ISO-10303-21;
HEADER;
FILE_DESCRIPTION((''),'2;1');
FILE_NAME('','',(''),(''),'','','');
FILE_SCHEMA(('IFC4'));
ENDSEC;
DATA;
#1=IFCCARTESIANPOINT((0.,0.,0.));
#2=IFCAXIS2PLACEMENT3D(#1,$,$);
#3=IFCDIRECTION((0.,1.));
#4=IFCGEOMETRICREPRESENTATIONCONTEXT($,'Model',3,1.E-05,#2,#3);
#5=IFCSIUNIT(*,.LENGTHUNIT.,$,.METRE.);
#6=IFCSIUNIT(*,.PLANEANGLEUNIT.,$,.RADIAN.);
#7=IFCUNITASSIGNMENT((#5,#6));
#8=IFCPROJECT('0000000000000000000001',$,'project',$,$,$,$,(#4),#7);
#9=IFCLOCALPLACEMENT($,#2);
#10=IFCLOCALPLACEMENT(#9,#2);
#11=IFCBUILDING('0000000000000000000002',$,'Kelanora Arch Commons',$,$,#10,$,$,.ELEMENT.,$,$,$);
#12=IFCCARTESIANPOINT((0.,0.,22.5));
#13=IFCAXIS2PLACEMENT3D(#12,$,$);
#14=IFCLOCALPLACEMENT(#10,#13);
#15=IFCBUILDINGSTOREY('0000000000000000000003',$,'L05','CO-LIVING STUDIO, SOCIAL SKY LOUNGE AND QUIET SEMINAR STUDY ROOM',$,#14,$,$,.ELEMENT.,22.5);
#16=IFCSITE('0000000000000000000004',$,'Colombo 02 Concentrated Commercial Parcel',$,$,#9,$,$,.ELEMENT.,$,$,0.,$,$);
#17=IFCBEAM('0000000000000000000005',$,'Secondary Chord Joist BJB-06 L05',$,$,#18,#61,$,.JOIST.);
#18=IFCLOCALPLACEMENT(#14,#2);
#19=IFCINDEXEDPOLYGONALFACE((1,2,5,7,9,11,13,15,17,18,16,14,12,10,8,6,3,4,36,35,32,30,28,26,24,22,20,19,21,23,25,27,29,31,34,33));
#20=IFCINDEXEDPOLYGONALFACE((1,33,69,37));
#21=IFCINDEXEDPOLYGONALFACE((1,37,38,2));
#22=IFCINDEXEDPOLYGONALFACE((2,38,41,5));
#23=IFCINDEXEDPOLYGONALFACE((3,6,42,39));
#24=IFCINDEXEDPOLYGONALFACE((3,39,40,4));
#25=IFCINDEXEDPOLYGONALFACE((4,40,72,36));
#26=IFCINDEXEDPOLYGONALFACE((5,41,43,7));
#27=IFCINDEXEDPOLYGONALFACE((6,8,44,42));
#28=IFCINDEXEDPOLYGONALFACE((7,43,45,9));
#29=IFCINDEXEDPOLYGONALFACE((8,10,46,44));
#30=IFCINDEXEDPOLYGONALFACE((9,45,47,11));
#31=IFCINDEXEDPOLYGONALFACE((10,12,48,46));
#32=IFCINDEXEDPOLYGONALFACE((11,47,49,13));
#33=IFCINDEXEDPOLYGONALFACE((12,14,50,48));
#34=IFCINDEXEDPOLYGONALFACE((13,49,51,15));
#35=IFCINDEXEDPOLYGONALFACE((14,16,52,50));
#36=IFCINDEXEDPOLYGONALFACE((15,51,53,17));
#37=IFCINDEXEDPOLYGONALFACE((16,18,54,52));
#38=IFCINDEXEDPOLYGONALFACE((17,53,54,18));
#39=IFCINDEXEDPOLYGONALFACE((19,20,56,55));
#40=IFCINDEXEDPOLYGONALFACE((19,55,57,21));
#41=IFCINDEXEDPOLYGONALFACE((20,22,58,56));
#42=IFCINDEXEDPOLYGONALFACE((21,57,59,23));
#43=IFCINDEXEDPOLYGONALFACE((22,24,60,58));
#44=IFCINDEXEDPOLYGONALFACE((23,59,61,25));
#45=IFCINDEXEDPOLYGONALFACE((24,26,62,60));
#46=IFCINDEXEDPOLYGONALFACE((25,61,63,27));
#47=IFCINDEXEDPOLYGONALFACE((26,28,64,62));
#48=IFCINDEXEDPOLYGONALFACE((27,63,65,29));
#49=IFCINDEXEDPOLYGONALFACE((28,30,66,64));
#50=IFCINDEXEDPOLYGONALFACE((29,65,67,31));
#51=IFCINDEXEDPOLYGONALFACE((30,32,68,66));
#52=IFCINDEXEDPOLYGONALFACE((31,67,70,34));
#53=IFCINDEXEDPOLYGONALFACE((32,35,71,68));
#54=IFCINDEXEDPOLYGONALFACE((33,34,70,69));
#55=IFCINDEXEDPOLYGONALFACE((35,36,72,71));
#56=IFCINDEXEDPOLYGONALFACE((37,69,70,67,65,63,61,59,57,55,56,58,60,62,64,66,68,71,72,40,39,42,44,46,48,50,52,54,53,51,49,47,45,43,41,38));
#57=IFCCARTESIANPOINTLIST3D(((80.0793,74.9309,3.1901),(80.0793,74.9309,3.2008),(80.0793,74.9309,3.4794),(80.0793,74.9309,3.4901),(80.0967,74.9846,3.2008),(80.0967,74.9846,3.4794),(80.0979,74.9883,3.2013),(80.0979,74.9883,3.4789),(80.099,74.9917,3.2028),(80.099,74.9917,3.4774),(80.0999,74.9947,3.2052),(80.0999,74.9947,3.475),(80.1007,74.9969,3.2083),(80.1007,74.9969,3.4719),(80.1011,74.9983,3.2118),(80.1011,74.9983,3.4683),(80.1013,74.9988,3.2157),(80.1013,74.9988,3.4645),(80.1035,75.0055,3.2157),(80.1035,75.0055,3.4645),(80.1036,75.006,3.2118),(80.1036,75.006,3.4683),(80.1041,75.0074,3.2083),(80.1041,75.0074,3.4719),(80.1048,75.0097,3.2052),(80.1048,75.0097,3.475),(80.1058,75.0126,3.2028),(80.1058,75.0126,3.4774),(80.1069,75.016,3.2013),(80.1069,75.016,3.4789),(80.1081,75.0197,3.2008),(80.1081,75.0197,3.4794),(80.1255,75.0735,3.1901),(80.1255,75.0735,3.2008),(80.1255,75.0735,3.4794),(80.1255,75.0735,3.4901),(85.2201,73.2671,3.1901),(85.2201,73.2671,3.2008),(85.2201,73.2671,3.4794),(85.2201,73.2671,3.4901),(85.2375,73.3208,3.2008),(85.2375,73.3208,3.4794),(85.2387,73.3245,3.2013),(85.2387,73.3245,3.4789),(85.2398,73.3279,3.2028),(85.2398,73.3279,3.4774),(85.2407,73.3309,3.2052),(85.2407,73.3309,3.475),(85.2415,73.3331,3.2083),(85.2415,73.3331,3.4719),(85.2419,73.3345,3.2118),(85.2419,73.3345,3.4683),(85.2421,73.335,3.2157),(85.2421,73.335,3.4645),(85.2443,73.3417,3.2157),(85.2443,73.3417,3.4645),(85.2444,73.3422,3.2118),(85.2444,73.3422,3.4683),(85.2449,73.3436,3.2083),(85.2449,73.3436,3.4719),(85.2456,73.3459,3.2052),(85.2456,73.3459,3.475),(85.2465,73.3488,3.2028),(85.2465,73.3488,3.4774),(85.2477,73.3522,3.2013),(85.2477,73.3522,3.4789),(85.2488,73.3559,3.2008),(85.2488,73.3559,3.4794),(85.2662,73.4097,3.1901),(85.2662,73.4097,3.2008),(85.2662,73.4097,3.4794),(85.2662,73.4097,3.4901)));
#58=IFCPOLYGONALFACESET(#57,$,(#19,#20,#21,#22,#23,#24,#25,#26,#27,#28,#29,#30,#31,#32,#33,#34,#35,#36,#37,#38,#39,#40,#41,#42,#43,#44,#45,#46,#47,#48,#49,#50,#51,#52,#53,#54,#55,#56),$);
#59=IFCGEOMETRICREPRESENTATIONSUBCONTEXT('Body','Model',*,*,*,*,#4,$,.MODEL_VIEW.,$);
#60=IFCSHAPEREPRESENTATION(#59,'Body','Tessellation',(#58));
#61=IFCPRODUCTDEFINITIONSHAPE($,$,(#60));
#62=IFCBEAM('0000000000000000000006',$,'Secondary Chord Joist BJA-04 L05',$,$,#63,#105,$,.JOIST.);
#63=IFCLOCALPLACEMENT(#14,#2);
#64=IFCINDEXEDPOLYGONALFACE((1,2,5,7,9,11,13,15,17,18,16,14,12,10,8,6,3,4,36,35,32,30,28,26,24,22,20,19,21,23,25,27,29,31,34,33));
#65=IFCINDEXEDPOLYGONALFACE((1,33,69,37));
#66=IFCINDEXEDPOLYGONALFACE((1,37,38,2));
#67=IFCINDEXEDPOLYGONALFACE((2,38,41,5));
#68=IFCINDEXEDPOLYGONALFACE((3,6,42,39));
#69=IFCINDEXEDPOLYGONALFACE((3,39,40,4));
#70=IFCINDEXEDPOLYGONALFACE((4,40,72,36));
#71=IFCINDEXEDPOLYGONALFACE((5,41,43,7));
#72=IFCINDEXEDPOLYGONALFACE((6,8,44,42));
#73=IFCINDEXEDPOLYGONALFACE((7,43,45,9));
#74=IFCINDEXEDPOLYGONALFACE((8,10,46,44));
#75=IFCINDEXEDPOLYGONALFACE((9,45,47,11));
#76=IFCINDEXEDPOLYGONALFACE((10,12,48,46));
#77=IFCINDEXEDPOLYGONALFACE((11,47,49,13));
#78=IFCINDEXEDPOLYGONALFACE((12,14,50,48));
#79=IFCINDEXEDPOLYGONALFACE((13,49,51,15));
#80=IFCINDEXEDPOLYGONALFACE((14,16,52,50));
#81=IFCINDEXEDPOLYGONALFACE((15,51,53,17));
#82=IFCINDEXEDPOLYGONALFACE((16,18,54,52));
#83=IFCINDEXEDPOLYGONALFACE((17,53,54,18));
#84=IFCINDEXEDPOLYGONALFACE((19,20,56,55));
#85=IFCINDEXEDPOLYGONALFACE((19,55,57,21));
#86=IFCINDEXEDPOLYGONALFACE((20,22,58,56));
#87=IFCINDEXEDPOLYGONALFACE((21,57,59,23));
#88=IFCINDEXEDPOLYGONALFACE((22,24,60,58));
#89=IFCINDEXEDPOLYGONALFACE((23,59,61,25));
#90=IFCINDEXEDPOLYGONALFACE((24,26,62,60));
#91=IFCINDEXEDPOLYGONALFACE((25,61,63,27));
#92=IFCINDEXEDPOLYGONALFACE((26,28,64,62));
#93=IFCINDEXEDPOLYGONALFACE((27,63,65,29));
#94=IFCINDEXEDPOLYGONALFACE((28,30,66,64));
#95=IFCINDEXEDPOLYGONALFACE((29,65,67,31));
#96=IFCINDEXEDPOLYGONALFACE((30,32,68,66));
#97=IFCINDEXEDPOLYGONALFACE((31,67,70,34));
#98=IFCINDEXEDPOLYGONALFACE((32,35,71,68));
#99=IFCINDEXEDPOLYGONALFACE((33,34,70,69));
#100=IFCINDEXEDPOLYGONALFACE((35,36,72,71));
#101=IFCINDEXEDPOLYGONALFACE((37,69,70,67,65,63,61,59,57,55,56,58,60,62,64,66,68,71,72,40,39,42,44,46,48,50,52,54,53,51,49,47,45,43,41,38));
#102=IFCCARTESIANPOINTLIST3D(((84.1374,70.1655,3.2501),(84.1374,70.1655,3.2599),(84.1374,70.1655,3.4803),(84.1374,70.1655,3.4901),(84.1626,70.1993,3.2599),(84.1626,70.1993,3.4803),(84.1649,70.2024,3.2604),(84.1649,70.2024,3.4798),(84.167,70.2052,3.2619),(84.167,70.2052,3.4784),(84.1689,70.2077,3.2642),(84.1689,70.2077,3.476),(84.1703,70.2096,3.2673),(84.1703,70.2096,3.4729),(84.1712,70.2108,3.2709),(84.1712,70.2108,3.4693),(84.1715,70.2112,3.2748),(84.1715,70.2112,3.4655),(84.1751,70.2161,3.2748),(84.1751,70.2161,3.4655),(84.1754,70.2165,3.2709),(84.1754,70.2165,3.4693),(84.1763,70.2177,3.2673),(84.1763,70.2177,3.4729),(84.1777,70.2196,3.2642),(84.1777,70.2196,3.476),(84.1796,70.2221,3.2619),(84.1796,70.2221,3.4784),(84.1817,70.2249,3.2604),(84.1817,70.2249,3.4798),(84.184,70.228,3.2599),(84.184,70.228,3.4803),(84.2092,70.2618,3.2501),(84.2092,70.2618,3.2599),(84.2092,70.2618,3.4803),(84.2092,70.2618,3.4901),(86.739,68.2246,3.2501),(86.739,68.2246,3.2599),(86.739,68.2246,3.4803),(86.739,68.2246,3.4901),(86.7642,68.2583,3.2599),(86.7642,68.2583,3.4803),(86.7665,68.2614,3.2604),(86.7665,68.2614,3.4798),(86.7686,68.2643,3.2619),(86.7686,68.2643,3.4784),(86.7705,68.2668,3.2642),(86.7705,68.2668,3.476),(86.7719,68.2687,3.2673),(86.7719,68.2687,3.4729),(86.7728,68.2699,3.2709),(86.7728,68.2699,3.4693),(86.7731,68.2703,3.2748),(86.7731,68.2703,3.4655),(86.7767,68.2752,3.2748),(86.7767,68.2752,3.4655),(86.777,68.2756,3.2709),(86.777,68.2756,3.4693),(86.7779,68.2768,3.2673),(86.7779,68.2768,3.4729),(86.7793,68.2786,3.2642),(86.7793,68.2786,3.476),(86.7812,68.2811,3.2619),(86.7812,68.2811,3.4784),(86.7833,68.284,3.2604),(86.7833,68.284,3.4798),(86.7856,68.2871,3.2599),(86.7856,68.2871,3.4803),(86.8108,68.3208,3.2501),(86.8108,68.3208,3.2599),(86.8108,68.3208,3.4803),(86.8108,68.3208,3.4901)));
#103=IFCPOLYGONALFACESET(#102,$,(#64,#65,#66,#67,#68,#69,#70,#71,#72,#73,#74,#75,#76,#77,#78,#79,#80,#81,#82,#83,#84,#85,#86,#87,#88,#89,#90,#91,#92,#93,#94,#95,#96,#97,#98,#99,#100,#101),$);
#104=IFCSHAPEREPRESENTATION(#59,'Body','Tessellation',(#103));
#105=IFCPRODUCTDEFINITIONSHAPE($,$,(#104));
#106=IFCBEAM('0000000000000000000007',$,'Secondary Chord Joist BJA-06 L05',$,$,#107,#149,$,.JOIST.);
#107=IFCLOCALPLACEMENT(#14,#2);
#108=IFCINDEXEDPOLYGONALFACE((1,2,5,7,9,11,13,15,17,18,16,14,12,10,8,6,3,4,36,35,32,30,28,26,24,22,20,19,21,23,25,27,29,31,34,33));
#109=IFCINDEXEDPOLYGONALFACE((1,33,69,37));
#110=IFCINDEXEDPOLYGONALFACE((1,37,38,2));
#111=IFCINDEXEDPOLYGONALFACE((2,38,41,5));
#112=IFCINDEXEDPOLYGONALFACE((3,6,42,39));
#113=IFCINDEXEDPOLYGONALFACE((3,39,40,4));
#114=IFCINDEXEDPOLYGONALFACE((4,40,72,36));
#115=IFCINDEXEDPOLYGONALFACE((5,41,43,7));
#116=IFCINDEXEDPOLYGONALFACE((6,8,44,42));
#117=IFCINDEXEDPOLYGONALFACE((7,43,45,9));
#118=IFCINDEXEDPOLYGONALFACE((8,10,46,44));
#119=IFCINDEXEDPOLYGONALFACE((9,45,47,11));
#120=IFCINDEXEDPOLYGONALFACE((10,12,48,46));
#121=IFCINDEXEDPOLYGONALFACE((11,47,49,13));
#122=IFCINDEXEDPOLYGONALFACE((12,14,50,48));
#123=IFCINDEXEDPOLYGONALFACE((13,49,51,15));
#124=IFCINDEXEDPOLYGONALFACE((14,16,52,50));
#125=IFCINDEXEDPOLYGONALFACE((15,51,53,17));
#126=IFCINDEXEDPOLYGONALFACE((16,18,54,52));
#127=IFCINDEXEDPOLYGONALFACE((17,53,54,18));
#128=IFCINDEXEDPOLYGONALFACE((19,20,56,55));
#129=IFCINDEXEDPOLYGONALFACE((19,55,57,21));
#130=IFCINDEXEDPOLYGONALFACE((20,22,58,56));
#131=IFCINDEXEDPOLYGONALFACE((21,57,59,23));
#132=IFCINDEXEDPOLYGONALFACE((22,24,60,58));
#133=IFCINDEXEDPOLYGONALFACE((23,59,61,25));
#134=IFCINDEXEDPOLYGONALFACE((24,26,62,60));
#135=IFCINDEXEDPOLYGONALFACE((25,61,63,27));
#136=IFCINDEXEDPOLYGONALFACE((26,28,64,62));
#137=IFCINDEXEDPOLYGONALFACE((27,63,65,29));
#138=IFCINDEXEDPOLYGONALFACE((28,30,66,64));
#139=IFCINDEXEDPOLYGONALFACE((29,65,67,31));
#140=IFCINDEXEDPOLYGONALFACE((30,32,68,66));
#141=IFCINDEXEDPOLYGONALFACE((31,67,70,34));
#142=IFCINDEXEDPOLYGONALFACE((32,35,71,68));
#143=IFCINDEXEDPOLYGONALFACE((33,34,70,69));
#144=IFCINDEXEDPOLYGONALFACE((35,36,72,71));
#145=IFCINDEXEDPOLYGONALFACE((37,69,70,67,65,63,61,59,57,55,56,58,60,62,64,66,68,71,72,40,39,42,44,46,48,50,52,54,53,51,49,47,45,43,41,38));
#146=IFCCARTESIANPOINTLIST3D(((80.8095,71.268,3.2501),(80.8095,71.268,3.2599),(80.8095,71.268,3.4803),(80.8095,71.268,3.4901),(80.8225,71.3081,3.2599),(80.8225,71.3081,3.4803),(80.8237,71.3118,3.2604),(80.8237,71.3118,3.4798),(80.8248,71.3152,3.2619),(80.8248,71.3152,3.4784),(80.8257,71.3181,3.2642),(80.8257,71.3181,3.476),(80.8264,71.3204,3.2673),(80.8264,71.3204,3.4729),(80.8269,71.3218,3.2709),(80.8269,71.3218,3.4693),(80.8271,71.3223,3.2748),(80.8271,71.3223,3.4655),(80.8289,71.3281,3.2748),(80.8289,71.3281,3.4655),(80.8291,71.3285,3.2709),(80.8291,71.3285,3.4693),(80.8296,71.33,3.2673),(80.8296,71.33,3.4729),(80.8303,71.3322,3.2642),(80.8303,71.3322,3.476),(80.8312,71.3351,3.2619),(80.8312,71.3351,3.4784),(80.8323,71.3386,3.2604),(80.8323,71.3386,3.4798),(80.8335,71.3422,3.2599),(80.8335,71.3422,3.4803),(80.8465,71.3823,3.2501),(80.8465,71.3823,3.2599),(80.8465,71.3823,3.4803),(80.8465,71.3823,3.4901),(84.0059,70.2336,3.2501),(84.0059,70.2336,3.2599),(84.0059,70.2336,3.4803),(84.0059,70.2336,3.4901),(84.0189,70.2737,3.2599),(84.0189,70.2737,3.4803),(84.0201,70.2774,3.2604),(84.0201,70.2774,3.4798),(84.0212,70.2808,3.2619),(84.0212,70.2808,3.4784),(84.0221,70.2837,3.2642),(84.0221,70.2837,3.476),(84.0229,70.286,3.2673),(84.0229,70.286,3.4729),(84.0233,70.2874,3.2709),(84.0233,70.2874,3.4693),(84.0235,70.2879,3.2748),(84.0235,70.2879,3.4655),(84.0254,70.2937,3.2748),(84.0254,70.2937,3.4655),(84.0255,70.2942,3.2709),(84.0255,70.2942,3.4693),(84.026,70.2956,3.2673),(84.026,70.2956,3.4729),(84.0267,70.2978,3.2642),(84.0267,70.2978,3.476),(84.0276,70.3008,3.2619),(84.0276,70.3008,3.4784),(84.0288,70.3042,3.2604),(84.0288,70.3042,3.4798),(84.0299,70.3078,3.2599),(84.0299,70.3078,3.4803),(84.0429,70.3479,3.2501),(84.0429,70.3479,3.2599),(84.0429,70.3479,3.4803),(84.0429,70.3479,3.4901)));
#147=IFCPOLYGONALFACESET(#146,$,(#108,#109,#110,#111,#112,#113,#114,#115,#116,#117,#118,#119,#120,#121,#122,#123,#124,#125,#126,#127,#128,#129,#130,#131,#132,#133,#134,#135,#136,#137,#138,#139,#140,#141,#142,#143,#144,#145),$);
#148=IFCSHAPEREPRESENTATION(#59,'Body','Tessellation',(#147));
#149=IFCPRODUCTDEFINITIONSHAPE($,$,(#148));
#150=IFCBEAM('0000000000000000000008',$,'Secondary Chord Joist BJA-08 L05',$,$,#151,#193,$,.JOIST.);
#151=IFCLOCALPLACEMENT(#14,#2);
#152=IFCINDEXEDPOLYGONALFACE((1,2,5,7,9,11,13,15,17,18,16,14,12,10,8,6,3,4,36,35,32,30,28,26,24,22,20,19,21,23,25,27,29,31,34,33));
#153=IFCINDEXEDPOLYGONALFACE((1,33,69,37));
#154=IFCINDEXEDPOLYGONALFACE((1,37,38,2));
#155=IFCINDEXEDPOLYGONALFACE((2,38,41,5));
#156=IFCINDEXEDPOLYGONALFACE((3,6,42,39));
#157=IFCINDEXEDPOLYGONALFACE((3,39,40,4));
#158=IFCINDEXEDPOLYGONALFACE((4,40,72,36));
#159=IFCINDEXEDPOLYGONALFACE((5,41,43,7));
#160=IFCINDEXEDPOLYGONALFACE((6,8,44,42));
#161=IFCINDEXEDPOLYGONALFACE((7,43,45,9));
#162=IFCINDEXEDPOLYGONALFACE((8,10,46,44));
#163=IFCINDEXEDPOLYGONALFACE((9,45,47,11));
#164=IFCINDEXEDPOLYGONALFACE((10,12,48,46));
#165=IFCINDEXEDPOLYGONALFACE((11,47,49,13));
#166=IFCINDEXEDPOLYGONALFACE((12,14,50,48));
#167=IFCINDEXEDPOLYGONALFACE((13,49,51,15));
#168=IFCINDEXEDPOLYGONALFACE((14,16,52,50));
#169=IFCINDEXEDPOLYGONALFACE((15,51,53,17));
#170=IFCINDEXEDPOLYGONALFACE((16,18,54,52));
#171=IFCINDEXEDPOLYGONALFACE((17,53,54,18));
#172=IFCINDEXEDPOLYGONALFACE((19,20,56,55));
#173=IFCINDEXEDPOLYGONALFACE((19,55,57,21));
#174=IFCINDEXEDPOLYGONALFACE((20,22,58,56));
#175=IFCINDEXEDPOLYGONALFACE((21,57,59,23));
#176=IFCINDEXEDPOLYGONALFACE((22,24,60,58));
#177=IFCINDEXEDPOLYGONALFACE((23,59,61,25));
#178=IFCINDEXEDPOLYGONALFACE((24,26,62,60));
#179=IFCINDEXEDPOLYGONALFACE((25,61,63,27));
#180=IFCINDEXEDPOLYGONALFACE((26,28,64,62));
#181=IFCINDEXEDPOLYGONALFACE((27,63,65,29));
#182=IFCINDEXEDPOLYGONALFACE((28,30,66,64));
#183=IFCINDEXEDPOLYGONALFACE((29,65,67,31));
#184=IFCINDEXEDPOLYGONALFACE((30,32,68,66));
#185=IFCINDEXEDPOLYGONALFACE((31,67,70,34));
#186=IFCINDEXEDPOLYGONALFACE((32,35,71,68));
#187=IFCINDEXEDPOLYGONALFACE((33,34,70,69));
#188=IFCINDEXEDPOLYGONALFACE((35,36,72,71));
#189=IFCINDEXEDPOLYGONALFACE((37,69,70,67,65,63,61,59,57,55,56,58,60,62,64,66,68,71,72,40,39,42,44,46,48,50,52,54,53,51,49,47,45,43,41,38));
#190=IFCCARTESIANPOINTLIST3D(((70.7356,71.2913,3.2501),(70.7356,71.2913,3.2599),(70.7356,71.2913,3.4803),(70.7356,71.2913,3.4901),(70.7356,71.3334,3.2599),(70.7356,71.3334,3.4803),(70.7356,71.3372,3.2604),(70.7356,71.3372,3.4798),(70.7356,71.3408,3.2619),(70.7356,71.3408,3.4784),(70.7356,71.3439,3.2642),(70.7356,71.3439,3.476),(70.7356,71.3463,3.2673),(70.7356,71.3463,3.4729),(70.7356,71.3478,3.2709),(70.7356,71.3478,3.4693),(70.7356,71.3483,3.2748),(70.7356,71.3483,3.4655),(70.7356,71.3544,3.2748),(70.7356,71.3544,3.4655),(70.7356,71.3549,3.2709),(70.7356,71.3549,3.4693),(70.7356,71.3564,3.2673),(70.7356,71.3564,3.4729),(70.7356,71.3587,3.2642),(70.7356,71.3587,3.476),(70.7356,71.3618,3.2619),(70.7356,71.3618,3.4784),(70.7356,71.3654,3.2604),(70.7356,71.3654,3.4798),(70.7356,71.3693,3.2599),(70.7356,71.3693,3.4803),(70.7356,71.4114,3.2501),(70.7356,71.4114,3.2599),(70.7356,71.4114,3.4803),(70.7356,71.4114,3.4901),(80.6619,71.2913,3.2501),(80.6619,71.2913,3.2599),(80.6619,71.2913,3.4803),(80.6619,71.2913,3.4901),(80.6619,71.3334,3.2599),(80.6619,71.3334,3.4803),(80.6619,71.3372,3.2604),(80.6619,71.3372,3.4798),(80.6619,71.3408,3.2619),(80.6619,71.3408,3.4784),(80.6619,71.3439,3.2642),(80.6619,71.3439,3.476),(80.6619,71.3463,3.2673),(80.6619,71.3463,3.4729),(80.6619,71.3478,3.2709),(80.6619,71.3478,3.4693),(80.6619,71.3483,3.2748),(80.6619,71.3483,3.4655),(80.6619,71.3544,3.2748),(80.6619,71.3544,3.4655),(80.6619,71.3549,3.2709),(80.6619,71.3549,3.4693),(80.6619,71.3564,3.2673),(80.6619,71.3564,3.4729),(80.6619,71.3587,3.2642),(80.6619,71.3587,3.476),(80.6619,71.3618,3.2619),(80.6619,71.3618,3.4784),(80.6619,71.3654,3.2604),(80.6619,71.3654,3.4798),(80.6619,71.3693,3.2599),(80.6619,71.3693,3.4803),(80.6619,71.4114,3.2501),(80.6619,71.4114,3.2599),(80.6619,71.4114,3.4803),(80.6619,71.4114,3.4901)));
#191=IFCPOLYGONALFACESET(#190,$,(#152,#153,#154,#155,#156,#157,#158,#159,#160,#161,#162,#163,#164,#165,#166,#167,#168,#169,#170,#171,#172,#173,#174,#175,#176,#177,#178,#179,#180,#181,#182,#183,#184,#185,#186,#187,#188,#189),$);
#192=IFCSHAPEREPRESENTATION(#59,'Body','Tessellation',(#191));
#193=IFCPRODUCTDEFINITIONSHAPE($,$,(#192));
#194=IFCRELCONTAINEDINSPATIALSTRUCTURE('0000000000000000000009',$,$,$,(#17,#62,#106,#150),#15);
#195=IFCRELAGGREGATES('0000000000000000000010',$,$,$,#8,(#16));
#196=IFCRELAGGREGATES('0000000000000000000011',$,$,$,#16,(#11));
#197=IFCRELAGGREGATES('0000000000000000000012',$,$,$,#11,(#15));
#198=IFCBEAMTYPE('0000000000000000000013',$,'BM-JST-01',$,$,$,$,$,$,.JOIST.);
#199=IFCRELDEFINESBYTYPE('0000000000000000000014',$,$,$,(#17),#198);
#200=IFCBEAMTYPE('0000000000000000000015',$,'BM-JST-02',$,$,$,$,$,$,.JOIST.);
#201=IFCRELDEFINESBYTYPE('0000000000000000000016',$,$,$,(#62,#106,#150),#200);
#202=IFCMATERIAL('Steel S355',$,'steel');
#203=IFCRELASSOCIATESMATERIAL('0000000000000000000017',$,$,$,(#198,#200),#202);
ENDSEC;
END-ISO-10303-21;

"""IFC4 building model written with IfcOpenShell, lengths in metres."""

from ifc_helpers import new_model, si_unit, direction, frame, origin, origin_2d, place, context, subcontext, project, spatial, i_section, extrude, material, material_profile, profile_set, type_object, element, save


model = new_model("IFC4")

# Units and contexts
model_context = context("Model", 3, precision=1e-05, world=origin(), true_north=direction((0.0, 1.0)))
body_context = subcontext(model_context, "Body", "Model", "MODEL_VIEW")
ifc_project = project(units=[si_unit("LENGTHUNIT", "METRE"), si_unit("PLANEANGLEUNIT", "RADIAN")], contexts=[model_context])

# Site, building, storey
site_placement = place(None, origin())
site = spatial("IfcSite", under=ifc_project, at=site_placement, Name="Colombo 02 Concentrated Commercial Parcel", CompositionType="ELEMENT", RefElevation=0.0)
building_placement = place(site_placement, origin())
building = spatial("IfcBuilding", under=site, at=building_placement, Name="Kelanora Arch Commons", CompositionType="ELEMENT")
storey_placement = place(building_placement, frame((0.0, 0.0, 22.5)))
storey = spatial("IfcBuildingStorey", under=building, at=storey_placement, Name="L05", Description="CO-LIVING STUDIO, SOCIAL SKY LOUNGE AND QUIET SEMINAR STUDY ROOM", CompositionType="ELEMENT", Elevation=22.5)

# Beams
ifc_material_1 = material(Name="Steel S355", Category="steel")
ifc_material_profile_1 = material_profile(ifc_material_1, i_section(OverallWidth=0.1499, OverallDepth=0.3, WebThickness=0.0071, FlangeThickness=0.0107, FilletRadius=0.0149, at=origin_2d()), Name="IPE300")
ifc_profile_set_1 = profile_set([ifc_material_profile_1], Name="Steel S355")
beam_type_1 = type_object("IfcBeamType", Name="BM-JST-01", PredefinedType="JOIST", material=ifc_profile_set_1)
beam_1_placement = place(storey_placement, frame((85.2432, 73.3384, 3.3401), z_axis=(-0.951412, 0.30792, 0.0), x_axis=(-0.30792, -0.951412, 0.0)))
element("IfcBeam", 1, at=beam_1_placement, inside=storey, type_object=beam_type_1, Name="Secondary Chord Joist BJB-06 L05", PredefinedType="JOIST", context=body_context, shape_type="SweptSolid", body=[
    extrude(i_section(OverallWidth=0.1499, OverallDepth=0.3, WebThickness=0.0071, FlangeThickness=0.0107, FilletRadius=0.0149, at=origin_2d()), origin(), (0.0, 0.0, 1.0), 5.4033),
])
ifc_material_profile_2 = material_profile(ifc_material_1, i_section(OverallWidth=0.1201, OverallDepth=0.24, WebThickness=0.0061, FlangeThickness=0.0098, FilletRadius=0.0149, at=origin_2d()), Name="IPE240")
ifc_profile_set_2 = profile_set([ifc_material_profile_2], Name="Steel S355")
beam_type_2 = type_object("IfcBeamType", Name="BM-JST-02", PredefinedType="JOIST", material=ifc_profile_set_2)
beam_2_placement = place(storey_placement, frame((86.7749, 68.2727, 3.3701), z_axis=(-0.801514, 0.597976, 0.0), x_axis=(-0.597976, -0.801514, 0.0)))
element("IfcBeam", 2, at=beam_2_placement, inside=storey, type_object=beam_type_2, Name="Secondary Chord Joist BJA-04 L05", PredefinedType="JOIST", context=body_context, shape_type="SweptSolid", body=[
    extrude(i_section(OverallWidth=0.1201, OverallDepth=0.24, WebThickness=0.0061, FlangeThickness=0.0098, FilletRadius=0.0149, at=origin_2d()), origin(), (0.0, 0.0, 1.0), 3.2458),
])
beam_3_placement = place(storey_placement, frame((84.0244, 70.2908, 3.3701), z_axis=(-0.951423, 0.307888, 0.0), x_axis=(-0.307888, -0.951423, 0.0)))
element("IfcBeam", 3, at=beam_3_placement, inside=storey, type_object=beam_type_2, Name="Secondary Chord Joist BJA-06 L05", PredefinedType="JOIST", context=body_context, shape_type="SweptSolid", body=[
    extrude(i_section(OverallWidth=0.1201, OverallDepth=0.24, WebThickness=0.0061, FlangeThickness=0.0098, FilletRadius=0.0149, at=origin_2d()), origin(), (0.0, 0.0, 1.0), 3.3596),
])
beam_4_placement = place(storey_placement, frame((80.6619, 71.3513, 3.3701), z_axis=(-1.0, 0.0, 0.0), x_axis=(0.0, -1.0, 0.0)))
element("IfcBeam", 4, at=beam_4_placement, inside=storey, type_object=beam_type_2, Name="Secondary Chord Joist BJA-08 L05", PredefinedType="JOIST", context=body_context, shape_type="SweptSolid", body=[
    extrude(i_section(OverallWidth=0.1201, OverallDepth=0.24, WebThickness=0.0061, FlangeThickness=0.0098, FilletRadius=0.0149, at=origin_2d()), origin(), (0.0, 0.0, 1.0), 9.9263),
])

save(model, "model.ifc")
